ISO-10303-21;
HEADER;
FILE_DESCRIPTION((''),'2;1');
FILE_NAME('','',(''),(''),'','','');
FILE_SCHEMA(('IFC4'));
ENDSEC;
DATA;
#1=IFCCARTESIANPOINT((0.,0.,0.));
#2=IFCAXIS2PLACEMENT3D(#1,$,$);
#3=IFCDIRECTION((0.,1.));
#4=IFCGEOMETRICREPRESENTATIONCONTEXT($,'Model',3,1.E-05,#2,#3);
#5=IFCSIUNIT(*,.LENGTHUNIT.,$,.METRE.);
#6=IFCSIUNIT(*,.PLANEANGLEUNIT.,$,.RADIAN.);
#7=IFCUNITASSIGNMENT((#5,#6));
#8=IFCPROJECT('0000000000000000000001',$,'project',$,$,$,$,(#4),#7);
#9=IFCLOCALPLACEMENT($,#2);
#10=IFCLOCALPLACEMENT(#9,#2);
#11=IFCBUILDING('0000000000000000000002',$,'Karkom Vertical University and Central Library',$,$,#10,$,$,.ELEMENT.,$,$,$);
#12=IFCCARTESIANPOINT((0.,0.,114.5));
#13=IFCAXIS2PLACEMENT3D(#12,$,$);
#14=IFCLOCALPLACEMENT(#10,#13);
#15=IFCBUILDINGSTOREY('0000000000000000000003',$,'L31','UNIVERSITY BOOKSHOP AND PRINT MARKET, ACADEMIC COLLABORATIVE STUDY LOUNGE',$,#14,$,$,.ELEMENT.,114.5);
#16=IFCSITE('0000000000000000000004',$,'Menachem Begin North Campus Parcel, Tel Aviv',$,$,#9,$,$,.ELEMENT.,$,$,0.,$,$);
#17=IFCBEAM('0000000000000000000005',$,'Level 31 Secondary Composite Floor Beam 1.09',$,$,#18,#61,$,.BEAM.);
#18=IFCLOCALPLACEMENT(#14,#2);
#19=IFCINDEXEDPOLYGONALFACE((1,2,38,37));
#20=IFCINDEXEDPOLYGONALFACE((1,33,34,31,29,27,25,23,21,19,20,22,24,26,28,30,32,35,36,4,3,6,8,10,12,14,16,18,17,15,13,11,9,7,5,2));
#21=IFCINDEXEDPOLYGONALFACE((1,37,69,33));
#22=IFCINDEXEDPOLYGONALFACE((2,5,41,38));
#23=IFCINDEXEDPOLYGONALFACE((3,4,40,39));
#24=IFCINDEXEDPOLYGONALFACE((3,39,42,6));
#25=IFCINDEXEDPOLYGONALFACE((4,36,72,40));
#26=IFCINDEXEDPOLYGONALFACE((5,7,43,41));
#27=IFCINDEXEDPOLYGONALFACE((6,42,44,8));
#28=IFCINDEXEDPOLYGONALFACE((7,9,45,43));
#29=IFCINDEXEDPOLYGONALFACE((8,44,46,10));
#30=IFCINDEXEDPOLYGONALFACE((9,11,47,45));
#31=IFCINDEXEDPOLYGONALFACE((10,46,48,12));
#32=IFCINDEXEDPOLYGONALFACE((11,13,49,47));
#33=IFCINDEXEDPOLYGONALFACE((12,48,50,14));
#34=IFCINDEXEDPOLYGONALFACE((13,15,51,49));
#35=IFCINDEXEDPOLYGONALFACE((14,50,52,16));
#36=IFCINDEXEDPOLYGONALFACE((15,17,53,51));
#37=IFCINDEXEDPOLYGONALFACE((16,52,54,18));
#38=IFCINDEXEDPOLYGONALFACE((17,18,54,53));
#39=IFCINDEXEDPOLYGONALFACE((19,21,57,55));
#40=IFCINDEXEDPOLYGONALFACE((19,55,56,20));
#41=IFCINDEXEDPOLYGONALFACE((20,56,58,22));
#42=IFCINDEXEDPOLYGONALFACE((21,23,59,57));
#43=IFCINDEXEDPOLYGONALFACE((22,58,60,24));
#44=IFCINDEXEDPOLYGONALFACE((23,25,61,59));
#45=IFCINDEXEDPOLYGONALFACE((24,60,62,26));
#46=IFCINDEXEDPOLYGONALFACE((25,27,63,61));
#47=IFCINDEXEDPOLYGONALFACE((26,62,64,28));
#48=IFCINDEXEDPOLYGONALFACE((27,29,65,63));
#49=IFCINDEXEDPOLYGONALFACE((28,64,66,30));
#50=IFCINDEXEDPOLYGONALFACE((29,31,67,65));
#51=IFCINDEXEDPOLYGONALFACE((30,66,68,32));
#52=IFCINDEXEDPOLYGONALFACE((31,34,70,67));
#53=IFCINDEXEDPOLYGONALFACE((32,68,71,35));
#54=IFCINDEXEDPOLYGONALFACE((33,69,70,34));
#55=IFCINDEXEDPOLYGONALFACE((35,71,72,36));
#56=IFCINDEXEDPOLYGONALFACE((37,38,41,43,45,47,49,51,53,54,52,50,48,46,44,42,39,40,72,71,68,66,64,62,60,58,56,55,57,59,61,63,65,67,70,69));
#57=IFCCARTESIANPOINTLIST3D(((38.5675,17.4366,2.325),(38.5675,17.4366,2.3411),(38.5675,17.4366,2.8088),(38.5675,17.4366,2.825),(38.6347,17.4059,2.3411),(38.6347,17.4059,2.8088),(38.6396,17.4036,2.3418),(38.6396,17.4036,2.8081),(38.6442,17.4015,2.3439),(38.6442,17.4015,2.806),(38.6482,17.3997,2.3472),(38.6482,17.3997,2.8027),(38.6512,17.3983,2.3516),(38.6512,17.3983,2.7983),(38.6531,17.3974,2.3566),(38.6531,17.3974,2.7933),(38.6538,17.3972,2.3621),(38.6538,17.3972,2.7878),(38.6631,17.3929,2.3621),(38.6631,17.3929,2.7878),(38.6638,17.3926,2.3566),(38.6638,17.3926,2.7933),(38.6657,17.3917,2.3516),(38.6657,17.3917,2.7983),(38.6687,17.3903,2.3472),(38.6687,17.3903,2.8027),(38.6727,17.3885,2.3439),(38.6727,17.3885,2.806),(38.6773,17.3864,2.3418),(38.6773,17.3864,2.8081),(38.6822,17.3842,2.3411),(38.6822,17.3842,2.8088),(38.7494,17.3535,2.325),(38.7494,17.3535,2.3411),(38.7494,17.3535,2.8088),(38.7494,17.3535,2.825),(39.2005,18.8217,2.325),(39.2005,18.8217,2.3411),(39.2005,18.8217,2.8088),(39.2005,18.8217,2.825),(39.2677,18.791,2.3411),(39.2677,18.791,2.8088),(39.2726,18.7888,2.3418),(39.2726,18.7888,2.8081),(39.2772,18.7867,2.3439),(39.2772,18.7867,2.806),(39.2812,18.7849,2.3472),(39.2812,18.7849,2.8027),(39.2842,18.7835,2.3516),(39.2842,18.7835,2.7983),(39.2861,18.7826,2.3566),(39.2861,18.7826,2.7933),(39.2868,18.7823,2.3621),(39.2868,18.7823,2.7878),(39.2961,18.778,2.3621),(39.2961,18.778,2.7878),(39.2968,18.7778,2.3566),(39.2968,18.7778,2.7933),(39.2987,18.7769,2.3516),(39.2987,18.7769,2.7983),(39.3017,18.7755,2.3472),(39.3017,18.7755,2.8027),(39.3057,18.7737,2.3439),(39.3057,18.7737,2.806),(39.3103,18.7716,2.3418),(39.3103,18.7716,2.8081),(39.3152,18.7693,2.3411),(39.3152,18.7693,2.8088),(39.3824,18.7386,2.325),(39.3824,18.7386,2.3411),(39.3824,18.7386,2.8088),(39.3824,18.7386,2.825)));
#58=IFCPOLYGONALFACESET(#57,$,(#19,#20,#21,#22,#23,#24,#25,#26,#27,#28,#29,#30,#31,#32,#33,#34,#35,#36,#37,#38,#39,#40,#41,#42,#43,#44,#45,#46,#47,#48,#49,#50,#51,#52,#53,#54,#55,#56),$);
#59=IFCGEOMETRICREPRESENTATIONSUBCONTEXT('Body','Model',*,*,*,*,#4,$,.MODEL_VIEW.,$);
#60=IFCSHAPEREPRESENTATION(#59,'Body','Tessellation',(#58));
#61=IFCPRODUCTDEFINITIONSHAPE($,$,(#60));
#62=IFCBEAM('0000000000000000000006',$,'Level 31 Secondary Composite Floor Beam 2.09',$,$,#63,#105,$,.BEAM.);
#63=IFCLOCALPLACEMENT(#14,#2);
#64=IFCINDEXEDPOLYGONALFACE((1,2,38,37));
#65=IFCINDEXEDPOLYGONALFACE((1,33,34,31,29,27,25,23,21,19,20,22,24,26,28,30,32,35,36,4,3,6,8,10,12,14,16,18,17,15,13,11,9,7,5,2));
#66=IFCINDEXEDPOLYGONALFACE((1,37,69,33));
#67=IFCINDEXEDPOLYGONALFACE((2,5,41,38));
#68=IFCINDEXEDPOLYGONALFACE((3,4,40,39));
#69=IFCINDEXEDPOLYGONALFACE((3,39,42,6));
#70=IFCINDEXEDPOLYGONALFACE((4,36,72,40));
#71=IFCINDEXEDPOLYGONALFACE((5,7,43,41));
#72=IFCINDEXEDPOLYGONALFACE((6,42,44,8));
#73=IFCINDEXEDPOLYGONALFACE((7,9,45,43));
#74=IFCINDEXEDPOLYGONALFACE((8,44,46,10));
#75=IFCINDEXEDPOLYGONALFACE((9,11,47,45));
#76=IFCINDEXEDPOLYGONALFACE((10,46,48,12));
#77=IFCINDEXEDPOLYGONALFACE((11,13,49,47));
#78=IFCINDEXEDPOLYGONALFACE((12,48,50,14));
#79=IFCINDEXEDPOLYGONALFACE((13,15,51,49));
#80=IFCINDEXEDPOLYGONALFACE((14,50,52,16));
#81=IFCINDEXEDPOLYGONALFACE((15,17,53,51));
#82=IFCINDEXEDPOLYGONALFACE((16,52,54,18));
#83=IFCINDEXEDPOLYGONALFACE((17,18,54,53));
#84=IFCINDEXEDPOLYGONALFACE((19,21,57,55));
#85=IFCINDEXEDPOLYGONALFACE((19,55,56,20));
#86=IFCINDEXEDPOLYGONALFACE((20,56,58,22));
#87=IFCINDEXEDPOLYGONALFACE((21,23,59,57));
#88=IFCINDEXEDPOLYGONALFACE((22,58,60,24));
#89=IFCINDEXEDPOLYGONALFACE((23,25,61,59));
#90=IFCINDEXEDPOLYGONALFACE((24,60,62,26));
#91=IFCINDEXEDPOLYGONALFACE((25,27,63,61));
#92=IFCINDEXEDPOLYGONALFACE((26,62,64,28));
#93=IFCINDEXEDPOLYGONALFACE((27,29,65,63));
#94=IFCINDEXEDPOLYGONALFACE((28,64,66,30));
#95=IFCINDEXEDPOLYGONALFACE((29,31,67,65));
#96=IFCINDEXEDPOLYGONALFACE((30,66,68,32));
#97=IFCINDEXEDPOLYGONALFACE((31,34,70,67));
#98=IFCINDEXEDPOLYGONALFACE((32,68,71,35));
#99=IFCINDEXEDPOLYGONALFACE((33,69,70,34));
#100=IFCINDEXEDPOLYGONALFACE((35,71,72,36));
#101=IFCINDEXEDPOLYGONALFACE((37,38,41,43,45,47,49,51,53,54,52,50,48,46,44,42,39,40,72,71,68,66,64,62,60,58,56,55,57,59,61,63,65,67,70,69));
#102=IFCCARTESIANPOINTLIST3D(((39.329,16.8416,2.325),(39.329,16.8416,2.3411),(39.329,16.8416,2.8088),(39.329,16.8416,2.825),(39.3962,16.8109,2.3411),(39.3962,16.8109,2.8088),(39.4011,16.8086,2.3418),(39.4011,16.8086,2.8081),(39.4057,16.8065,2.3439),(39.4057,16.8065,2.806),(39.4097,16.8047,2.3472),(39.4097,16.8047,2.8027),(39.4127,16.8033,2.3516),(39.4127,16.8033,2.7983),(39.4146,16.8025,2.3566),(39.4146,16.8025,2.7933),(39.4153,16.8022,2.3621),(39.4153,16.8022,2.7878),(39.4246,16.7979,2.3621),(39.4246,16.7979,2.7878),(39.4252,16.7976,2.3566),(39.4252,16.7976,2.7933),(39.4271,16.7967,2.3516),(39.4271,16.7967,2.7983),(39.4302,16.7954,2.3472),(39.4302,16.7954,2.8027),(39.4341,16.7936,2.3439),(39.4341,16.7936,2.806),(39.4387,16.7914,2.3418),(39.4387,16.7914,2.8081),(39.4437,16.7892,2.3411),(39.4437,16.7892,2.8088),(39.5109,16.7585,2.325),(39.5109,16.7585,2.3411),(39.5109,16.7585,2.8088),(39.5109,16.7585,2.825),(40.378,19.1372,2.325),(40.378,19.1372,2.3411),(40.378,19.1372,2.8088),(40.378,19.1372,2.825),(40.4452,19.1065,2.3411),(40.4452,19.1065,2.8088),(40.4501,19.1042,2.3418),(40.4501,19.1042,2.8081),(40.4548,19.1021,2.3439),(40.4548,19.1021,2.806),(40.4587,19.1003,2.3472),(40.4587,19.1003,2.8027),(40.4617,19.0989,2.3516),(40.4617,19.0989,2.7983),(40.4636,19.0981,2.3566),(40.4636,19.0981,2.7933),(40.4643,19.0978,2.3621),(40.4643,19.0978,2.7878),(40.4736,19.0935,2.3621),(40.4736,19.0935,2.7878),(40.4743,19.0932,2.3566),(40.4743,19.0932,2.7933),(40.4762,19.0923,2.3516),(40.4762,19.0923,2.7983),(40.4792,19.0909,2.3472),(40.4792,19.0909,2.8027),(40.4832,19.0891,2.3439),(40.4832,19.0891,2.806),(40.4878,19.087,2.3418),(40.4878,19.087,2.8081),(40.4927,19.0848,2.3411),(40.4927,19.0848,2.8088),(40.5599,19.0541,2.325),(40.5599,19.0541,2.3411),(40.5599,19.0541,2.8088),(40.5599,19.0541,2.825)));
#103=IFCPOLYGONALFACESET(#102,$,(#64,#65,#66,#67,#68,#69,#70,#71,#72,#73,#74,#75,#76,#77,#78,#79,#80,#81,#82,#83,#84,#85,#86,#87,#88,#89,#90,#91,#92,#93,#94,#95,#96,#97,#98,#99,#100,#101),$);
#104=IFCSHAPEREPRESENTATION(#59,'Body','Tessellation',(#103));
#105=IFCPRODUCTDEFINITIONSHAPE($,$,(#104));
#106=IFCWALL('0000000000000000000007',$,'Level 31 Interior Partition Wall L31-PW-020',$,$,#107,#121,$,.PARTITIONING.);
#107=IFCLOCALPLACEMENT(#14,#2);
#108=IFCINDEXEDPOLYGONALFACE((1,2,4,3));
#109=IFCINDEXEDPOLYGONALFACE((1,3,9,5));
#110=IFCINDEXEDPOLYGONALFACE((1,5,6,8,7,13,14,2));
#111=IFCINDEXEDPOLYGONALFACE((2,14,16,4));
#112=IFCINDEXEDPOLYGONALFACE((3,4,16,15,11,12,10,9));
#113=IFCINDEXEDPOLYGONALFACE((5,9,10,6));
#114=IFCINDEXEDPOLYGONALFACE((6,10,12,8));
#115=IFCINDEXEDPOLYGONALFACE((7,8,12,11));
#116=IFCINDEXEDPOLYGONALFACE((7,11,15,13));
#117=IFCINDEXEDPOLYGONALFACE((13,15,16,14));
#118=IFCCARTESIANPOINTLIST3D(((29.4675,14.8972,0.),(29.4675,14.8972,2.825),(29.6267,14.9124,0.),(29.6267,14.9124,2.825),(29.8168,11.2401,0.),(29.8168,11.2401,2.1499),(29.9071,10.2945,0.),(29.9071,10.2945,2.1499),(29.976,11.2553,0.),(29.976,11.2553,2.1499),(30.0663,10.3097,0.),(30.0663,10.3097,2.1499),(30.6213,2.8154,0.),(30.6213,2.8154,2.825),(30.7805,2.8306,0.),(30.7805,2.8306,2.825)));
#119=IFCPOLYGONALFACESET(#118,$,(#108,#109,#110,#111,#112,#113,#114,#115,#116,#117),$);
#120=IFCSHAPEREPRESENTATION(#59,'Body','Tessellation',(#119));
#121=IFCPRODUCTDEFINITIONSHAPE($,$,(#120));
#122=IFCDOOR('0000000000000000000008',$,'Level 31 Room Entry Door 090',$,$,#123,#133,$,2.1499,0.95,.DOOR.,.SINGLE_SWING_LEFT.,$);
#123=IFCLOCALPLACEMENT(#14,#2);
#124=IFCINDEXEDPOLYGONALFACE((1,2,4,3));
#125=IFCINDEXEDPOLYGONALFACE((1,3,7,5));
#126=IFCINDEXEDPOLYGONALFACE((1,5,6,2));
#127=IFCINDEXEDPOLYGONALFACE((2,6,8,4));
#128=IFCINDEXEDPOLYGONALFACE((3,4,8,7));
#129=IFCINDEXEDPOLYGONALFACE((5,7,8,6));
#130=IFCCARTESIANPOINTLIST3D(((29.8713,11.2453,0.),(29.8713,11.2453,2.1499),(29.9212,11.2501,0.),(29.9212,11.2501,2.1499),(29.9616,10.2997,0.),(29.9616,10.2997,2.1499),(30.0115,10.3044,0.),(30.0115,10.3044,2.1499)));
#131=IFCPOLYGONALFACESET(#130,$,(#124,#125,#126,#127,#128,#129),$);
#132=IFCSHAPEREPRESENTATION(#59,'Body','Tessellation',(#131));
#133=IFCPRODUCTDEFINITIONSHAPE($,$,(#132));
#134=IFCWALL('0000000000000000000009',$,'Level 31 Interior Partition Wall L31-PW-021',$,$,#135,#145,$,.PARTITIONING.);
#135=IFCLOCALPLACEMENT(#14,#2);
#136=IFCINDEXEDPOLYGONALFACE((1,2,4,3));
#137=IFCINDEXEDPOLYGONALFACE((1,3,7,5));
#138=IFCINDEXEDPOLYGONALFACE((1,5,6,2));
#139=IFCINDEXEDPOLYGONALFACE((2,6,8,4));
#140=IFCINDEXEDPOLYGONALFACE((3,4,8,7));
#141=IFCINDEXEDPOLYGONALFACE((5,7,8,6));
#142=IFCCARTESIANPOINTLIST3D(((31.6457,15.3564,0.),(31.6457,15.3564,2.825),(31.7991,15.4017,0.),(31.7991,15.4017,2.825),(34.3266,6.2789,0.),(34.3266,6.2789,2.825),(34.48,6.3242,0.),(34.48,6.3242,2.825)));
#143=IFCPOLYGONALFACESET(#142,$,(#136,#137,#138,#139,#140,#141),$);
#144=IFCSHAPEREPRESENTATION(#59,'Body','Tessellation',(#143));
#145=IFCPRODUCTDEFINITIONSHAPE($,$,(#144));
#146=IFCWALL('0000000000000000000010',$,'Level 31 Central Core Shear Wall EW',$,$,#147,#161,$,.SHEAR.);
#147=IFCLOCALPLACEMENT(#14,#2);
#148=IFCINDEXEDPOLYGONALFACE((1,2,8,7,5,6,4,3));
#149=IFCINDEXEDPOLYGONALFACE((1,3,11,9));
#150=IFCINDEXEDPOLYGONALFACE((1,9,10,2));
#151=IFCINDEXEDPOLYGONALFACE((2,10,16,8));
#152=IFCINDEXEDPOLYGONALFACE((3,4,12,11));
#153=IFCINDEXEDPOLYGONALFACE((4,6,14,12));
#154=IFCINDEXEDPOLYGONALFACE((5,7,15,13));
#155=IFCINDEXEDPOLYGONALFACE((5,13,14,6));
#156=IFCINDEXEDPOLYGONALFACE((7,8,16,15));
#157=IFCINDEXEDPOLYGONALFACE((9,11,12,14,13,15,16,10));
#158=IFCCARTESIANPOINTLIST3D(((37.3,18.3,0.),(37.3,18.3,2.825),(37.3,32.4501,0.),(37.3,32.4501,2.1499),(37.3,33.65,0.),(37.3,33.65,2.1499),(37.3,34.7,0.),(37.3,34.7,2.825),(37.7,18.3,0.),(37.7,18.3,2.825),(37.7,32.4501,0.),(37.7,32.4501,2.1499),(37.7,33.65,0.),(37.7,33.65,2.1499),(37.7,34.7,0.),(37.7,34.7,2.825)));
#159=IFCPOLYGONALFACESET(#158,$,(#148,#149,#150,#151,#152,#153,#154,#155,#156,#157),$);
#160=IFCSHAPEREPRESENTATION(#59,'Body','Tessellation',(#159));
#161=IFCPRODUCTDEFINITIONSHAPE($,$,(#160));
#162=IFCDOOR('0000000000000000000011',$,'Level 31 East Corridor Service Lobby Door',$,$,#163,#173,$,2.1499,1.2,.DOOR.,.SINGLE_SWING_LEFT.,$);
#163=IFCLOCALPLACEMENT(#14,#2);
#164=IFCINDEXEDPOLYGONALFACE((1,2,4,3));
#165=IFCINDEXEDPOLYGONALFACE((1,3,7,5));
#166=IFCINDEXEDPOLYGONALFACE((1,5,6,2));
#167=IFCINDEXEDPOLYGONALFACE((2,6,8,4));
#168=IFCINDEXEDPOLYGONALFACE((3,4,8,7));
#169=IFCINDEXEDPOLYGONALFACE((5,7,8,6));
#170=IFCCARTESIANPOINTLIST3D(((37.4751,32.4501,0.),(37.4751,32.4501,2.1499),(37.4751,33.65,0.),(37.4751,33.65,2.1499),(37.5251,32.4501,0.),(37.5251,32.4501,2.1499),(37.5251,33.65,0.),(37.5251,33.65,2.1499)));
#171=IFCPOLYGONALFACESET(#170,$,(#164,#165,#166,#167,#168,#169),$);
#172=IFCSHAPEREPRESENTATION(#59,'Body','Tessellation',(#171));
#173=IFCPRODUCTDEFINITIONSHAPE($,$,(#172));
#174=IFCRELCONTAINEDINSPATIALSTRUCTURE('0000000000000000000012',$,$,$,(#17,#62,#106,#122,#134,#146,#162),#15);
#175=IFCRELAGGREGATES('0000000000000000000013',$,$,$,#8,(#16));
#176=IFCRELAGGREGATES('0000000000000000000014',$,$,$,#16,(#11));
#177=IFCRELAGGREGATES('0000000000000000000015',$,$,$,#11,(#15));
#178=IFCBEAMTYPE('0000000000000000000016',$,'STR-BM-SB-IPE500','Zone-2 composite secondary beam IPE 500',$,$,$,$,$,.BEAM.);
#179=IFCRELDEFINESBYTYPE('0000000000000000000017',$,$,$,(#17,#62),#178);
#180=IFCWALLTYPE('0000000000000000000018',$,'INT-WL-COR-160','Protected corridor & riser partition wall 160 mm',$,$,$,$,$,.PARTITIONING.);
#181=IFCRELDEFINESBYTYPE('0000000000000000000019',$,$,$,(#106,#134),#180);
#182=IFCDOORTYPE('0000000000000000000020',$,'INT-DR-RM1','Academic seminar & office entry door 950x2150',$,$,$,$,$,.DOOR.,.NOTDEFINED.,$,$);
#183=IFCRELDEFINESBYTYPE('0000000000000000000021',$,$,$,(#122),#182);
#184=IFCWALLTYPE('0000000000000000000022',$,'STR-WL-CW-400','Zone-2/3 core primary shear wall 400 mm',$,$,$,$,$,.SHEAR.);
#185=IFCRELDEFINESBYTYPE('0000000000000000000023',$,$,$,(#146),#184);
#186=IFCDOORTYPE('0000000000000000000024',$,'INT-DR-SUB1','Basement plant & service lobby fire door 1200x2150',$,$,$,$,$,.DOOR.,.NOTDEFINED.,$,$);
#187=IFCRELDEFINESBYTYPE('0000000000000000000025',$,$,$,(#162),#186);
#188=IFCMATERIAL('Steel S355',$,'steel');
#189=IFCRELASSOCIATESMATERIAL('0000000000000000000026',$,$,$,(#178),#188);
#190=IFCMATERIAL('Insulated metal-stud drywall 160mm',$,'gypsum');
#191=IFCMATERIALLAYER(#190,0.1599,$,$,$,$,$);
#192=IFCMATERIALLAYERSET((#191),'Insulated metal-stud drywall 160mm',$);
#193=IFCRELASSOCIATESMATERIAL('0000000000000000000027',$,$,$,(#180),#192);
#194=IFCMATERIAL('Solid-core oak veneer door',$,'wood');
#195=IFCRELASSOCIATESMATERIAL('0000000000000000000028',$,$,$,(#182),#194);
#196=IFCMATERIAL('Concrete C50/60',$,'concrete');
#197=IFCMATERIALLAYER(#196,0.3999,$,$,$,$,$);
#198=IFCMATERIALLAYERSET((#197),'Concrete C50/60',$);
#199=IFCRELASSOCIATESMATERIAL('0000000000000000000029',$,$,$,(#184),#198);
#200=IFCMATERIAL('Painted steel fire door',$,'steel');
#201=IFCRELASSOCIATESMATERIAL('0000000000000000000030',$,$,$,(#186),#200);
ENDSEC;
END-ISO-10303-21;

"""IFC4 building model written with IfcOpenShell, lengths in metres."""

from ifc_helpers import new_model, si_unit, direction, frame, frame_2d, origin, origin_with_axes, origin_2d, place, context, subcontext, project, spatial, rectangle, i_section, extrude, source, transform, mapped, material, layer, layer_set, material_profile, profile_set, type_object, element, fill, save


model = new_model("IFC4")

# Units and contexts
model_context = context("Model", 3, precision=1e-05, world=origin(), true_north=direction((0.0, 1.0)))
body_context = subcontext(model_context, "Body", "Model", "MODEL_VIEW")
ifc_project = project(units=[si_unit("LENGTHUNIT", "METRE"), si_unit("PLANEANGLEUNIT", "RADIAN")], contexts=[model_context])

# Site, building, storey
site_placement = place(None, origin())
site = spatial("IfcSite", under=ifc_project, at=site_placement, Name="Menachem Begin North Campus Parcel, Tel Aviv", CompositionType="ELEMENT", RefElevation=0.0)
building_placement = place(site_placement, origin())
building = spatial("IfcBuilding", under=site, at=building_placement, Name="Karkom Vertical University and Central Library", CompositionType="ELEMENT")
storey_placement = place(building_placement, frame((0.0, 0.0, 114.5)))
storey = spatial("IfcBuildingStorey", under=building, at=storey_placement, Name="L31", Description="UNIVERSITY BOOKSHOP AND PRINT MARKET, ACADEMIC COLLABORATIVE STUDY LOUNGE", CompositionType="ELEMENT", Elevation=114.5)

# Shared definitions
ifc_material_1 = material(Name="Concrete C50/60", Category="concrete")

# Beams
ifc_material_2 = material(Name="Steel S355", Category="steel")
ifc_material_profile_1 = material_profile(ifc_material_2, i_section(OverallWidth=0.2, OverallDepth=0.5, WebThickness=0.0103, FlangeThickness=0.0161, FilletRadius=0.021, at=origin_2d()), Name="IPE 500")
ifc_profile_set_1 = profile_set([ifc_material_profile_1], Name="Steel S355")
beam_type_1 = type_object("IfcBeamType", Name="STR-BM-SB-IPE500", Description="Zone-2 composite secondary beam IPE 500", PredefinedType="BEAM", material=ifc_profile_set_1)
shared_shape_1 = source(origin_with_axes(), body_context, "Body", "SweptSolid", [
    extrude(i_section(OverallWidth=0.2, OverallDepth=0.5, WebThickness=0.0103, FlangeThickness=0.0161, FilletRadius=0.021, at=origin_2d()), origin(), (0.0, 0.0, 1.0), 1.5229),
])
beam_1_placement = place(storey_placement, frame((38.6584, 17.395, 2.575), z_axis=(0.41565, 0.909525, 0.0), x_axis=(-0.909525, 0.41565, 0.0)))
element("IfcBeam", 1, at=beam_1_placement, inside=storey, type_object=beam_type_1, Name="Level 31 Secondary Composite Floor Beam 1.09", PredefinedType="BEAM", context=body_context, shape_type="MappedRepresentation", body=[
    mapped(shared_shape_1, transform((0.0, 0.0, 0.0), scale=1.0)),
])
shared_shape_2 = source(origin_with_axes(), body_context, "Body", "SweptSolid", [
    extrude(i_section(OverallWidth=0.2, OverallDepth=0.5, WebThickness=0.0103, FlangeThickness=0.0161, FilletRadius=0.021, at=origin_2d()), origin(), (0.0, 0.0, 1.0), 2.5239),
])
beam_2_placement = place(storey_placement, frame((39.4199, 16.8, 2.575), z_axis=(0.415639, 0.90953, 0.0), x_axis=(-0.90953, 0.415639, 0.0)))
element("IfcBeam", 2, at=beam_2_placement, inside=storey, type_object=beam_type_1, Name="Level 31 Secondary Composite Floor Beam 2.09", PredefinedType="BEAM", context=body_context, shape_type="MappedRepresentation", body=[
    mapped(shared_shape_2, transform((0.0, 0.0, 0.0), scale=1.0)),
])

# Wall, opening, door
ifc_material_3 = material(Name="Insulated metal-stud drywall 160mm", Category="gypsum")
ifc_layer_1 = layer(ifc_material_3, 0.1599)
ifc_layer_set_1 = layer_set([ifc_layer_1], Name="Insulated metal-stud drywall 160mm")
wall_type_1 = type_object("IfcWallType", Name="INT-WL-COR-160", Description="Protected corridor & riser partition wall 160 mm", PredefinedType="PARTITIONING", material=ifc_layer_set_1)
wall_1_placement = place(storey_placement, frame((29.5471, 14.9048, 0.0), z_axis=(0.0, 0.0, 1.0), x_axis=(0.095067, -0.995471, 0.0)))
wall_1 = element("IfcWall", 3, at=wall_1_placement, inside=storey, type_object=wall_type_1, Name="Level 31 Interior Partition Wall L31-PW-020", PredefinedType="PARTITIONING", context=body_context, shape_type="SweptSolid", body=[
    extrude(rectangle(XDim=12.1367, YDim=0.1599, at=frame_2d((6.0684, 0.0))), origin(), (0.0, 0.0, 1.0), 2.825),
])
opening_1_placement = place(wall_1_placement, frame((3.6736, 0.0, 0.0)))
opening_1 = element("IfcOpeningElement", 4, at=opening_1_placement, cuts=wall_1, PredefinedType="OPENING", context=body_context, shape_type="SweptSolid", body=[
    extrude(rectangle(XDim=0.95, YDim=2.1499, at=frame_2d((0.4751, 1.075))), frame((0.0, 0.0898, 0.0), z_axis=(0.0, -1.0, 0.0), x_axis=(1.0, 0.0, 0.0)), (0.0, 0.0, 1.0), 0.1799),
])
ifc_material_4 = material(Name="Solid-core oak veneer door", Category="wood")
door_type_1 = type_object("IfcDoorType", Name="INT-DR-RM1", Description="Academic seminar & office entry door 950x2150", OperationType="NOTDEFINED", PredefinedType="DOOR", material=ifc_material_4)
shared_shape_3 = source(origin_with_axes(), body_context, "Body", "SweptSolid", [
    extrude(rectangle(XDim=0.95, YDim=2.1499, at=frame_2d((0.4751, 1.075))), frame((0.0, 0.0249, 0.0), z_axis=(0.0, -1.0, 0.0), x_axis=(1.0, 0.0, 0.0)), (0.0, 0.0, 1.0), 0.05),
])
door_1_placement = place(opening_1_placement, origin())
door_1 = element("IfcDoor", 5, at=door_1_placement, inside=storey, type_object=door_type_1, Name="Level 31 Room Entry Door 090", OperationType="SINGLE_SWING_LEFT", OverallHeight=2.1499, OverallWidth=0.95, PredefinedType="DOOR", context=body_context, shape_type="MappedRepresentation", body=[
    mapped(shared_shape_3, transform((0.0, 0.0, 0.0), scale=1.0)),
])
fill(opening_1, door_1)

# Wall
wall_2_placement = place(storey_placement, frame((31.7224, 15.3789, 0.0), z_axis=(0.0, 0.0, 1.0), x_axis=(0.283244, -0.959048, 0.0)))
element("IfcWall", 6, at=wall_2_placement, inside=storey, type_object=wall_type_1, Name="Level 31 Interior Partition Wall L31-PW-021", PredefinedType="PARTITIONING", context=body_context, shape_type="SweptSolid", body=[
    extrude(rectangle(XDim=9.4651, YDim=0.1599, at=frame_2d((4.7324, 0.0))), origin(), (0.0, 0.0, 1.0), 2.825),
])

# Wall, opening, door
ifc_layer_2 = layer(ifc_material_1, 0.3999)
ifc_layer_set_2 = layer_set([ifc_layer_2], Name="Concrete C50/60")
wall_type_2 = type_object("IfcWallType", Name="STR-WL-CW-400", Description="Zone-2/3 core primary shear wall 400 mm", PredefinedType="SHEAR", material=ifc_layer_set_2)
wall_3_placement = place(storey_placement, frame((37.5, 18.3, 0.0), z_axis=(0.0, 0.0, 1.0), x_axis=(0.0, 1.0, 0.0)))
wall_3 = element("IfcWall", 7, at=wall_3_placement, inside=storey, type_object=wall_type_2, Name="Level 31 Central Core Shear Wall EW", PredefinedType="SHEAR", context=body_context, shape_type="SweptSolid", body=[
    extrude(rectangle(XDim=16.3999, YDim=0.3999, at=frame_2d((8.2, 0.0))), origin(), (0.0, 0.0, 1.0), 2.825),
])
opening_2_placement = place(wall_3_placement, frame((14.1499, 0.0, 0.0)))
opening_2 = element("IfcOpeningElement", 8, at=opening_2_placement, cuts=wall_3, PredefinedType="OPENING", context=body_context, shape_type="SweptSolid", body=[
    extrude(rectangle(XDim=1.2, YDim=2.1499, at=frame_2d((0.6001, 1.075))), frame((0.0, 0.21, 0.0), z_axis=(0.0, -1.0, 0.0), x_axis=(1.0, 0.0, 0.0)), (0.0, 0.0, 1.0), 0.4199),
])
ifc_material_5 = material(Name="Painted steel fire door", Category="steel")
door_type_2 = type_object("IfcDoorType", Name="INT-DR-SUB1", Description="Basement plant & service lobby fire door 1200x2150", OperationType="NOTDEFINED", PredefinedType="DOOR", material=ifc_material_5)
shared_shape_4 = source(origin_with_axes(), body_context, "Body", "SweptSolid", [
    extrude(rectangle(XDim=1.2, YDim=2.1499, at=frame_2d((0.6001, 1.075))), frame((0.0, 0.0249, 0.0), z_axis=(0.0, -1.0, 0.0), x_axis=(1.0, 0.0, 0.0)), (0.0, 0.0, 1.0), 0.05),
])
door_2_placement = place(opening_2_placement, origin())
door_2 = element("IfcDoor", 9, at=door_2_placement, inside=storey, type_object=door_type_2, Name="Level 31 East Corridor Service Lobby Door", OperationType="SINGLE_SWING_LEFT", OverallHeight=2.1499, OverallWidth=1.2, PredefinedType="DOOR", context=body_context, shape_type="MappedRepresentation", body=[
    mapped(shared_shape_4, transform((0.0, 0.0, 0.0), scale=1.0)),
])
fill(opening_2, door_2)

save(model, "model.ifc")
